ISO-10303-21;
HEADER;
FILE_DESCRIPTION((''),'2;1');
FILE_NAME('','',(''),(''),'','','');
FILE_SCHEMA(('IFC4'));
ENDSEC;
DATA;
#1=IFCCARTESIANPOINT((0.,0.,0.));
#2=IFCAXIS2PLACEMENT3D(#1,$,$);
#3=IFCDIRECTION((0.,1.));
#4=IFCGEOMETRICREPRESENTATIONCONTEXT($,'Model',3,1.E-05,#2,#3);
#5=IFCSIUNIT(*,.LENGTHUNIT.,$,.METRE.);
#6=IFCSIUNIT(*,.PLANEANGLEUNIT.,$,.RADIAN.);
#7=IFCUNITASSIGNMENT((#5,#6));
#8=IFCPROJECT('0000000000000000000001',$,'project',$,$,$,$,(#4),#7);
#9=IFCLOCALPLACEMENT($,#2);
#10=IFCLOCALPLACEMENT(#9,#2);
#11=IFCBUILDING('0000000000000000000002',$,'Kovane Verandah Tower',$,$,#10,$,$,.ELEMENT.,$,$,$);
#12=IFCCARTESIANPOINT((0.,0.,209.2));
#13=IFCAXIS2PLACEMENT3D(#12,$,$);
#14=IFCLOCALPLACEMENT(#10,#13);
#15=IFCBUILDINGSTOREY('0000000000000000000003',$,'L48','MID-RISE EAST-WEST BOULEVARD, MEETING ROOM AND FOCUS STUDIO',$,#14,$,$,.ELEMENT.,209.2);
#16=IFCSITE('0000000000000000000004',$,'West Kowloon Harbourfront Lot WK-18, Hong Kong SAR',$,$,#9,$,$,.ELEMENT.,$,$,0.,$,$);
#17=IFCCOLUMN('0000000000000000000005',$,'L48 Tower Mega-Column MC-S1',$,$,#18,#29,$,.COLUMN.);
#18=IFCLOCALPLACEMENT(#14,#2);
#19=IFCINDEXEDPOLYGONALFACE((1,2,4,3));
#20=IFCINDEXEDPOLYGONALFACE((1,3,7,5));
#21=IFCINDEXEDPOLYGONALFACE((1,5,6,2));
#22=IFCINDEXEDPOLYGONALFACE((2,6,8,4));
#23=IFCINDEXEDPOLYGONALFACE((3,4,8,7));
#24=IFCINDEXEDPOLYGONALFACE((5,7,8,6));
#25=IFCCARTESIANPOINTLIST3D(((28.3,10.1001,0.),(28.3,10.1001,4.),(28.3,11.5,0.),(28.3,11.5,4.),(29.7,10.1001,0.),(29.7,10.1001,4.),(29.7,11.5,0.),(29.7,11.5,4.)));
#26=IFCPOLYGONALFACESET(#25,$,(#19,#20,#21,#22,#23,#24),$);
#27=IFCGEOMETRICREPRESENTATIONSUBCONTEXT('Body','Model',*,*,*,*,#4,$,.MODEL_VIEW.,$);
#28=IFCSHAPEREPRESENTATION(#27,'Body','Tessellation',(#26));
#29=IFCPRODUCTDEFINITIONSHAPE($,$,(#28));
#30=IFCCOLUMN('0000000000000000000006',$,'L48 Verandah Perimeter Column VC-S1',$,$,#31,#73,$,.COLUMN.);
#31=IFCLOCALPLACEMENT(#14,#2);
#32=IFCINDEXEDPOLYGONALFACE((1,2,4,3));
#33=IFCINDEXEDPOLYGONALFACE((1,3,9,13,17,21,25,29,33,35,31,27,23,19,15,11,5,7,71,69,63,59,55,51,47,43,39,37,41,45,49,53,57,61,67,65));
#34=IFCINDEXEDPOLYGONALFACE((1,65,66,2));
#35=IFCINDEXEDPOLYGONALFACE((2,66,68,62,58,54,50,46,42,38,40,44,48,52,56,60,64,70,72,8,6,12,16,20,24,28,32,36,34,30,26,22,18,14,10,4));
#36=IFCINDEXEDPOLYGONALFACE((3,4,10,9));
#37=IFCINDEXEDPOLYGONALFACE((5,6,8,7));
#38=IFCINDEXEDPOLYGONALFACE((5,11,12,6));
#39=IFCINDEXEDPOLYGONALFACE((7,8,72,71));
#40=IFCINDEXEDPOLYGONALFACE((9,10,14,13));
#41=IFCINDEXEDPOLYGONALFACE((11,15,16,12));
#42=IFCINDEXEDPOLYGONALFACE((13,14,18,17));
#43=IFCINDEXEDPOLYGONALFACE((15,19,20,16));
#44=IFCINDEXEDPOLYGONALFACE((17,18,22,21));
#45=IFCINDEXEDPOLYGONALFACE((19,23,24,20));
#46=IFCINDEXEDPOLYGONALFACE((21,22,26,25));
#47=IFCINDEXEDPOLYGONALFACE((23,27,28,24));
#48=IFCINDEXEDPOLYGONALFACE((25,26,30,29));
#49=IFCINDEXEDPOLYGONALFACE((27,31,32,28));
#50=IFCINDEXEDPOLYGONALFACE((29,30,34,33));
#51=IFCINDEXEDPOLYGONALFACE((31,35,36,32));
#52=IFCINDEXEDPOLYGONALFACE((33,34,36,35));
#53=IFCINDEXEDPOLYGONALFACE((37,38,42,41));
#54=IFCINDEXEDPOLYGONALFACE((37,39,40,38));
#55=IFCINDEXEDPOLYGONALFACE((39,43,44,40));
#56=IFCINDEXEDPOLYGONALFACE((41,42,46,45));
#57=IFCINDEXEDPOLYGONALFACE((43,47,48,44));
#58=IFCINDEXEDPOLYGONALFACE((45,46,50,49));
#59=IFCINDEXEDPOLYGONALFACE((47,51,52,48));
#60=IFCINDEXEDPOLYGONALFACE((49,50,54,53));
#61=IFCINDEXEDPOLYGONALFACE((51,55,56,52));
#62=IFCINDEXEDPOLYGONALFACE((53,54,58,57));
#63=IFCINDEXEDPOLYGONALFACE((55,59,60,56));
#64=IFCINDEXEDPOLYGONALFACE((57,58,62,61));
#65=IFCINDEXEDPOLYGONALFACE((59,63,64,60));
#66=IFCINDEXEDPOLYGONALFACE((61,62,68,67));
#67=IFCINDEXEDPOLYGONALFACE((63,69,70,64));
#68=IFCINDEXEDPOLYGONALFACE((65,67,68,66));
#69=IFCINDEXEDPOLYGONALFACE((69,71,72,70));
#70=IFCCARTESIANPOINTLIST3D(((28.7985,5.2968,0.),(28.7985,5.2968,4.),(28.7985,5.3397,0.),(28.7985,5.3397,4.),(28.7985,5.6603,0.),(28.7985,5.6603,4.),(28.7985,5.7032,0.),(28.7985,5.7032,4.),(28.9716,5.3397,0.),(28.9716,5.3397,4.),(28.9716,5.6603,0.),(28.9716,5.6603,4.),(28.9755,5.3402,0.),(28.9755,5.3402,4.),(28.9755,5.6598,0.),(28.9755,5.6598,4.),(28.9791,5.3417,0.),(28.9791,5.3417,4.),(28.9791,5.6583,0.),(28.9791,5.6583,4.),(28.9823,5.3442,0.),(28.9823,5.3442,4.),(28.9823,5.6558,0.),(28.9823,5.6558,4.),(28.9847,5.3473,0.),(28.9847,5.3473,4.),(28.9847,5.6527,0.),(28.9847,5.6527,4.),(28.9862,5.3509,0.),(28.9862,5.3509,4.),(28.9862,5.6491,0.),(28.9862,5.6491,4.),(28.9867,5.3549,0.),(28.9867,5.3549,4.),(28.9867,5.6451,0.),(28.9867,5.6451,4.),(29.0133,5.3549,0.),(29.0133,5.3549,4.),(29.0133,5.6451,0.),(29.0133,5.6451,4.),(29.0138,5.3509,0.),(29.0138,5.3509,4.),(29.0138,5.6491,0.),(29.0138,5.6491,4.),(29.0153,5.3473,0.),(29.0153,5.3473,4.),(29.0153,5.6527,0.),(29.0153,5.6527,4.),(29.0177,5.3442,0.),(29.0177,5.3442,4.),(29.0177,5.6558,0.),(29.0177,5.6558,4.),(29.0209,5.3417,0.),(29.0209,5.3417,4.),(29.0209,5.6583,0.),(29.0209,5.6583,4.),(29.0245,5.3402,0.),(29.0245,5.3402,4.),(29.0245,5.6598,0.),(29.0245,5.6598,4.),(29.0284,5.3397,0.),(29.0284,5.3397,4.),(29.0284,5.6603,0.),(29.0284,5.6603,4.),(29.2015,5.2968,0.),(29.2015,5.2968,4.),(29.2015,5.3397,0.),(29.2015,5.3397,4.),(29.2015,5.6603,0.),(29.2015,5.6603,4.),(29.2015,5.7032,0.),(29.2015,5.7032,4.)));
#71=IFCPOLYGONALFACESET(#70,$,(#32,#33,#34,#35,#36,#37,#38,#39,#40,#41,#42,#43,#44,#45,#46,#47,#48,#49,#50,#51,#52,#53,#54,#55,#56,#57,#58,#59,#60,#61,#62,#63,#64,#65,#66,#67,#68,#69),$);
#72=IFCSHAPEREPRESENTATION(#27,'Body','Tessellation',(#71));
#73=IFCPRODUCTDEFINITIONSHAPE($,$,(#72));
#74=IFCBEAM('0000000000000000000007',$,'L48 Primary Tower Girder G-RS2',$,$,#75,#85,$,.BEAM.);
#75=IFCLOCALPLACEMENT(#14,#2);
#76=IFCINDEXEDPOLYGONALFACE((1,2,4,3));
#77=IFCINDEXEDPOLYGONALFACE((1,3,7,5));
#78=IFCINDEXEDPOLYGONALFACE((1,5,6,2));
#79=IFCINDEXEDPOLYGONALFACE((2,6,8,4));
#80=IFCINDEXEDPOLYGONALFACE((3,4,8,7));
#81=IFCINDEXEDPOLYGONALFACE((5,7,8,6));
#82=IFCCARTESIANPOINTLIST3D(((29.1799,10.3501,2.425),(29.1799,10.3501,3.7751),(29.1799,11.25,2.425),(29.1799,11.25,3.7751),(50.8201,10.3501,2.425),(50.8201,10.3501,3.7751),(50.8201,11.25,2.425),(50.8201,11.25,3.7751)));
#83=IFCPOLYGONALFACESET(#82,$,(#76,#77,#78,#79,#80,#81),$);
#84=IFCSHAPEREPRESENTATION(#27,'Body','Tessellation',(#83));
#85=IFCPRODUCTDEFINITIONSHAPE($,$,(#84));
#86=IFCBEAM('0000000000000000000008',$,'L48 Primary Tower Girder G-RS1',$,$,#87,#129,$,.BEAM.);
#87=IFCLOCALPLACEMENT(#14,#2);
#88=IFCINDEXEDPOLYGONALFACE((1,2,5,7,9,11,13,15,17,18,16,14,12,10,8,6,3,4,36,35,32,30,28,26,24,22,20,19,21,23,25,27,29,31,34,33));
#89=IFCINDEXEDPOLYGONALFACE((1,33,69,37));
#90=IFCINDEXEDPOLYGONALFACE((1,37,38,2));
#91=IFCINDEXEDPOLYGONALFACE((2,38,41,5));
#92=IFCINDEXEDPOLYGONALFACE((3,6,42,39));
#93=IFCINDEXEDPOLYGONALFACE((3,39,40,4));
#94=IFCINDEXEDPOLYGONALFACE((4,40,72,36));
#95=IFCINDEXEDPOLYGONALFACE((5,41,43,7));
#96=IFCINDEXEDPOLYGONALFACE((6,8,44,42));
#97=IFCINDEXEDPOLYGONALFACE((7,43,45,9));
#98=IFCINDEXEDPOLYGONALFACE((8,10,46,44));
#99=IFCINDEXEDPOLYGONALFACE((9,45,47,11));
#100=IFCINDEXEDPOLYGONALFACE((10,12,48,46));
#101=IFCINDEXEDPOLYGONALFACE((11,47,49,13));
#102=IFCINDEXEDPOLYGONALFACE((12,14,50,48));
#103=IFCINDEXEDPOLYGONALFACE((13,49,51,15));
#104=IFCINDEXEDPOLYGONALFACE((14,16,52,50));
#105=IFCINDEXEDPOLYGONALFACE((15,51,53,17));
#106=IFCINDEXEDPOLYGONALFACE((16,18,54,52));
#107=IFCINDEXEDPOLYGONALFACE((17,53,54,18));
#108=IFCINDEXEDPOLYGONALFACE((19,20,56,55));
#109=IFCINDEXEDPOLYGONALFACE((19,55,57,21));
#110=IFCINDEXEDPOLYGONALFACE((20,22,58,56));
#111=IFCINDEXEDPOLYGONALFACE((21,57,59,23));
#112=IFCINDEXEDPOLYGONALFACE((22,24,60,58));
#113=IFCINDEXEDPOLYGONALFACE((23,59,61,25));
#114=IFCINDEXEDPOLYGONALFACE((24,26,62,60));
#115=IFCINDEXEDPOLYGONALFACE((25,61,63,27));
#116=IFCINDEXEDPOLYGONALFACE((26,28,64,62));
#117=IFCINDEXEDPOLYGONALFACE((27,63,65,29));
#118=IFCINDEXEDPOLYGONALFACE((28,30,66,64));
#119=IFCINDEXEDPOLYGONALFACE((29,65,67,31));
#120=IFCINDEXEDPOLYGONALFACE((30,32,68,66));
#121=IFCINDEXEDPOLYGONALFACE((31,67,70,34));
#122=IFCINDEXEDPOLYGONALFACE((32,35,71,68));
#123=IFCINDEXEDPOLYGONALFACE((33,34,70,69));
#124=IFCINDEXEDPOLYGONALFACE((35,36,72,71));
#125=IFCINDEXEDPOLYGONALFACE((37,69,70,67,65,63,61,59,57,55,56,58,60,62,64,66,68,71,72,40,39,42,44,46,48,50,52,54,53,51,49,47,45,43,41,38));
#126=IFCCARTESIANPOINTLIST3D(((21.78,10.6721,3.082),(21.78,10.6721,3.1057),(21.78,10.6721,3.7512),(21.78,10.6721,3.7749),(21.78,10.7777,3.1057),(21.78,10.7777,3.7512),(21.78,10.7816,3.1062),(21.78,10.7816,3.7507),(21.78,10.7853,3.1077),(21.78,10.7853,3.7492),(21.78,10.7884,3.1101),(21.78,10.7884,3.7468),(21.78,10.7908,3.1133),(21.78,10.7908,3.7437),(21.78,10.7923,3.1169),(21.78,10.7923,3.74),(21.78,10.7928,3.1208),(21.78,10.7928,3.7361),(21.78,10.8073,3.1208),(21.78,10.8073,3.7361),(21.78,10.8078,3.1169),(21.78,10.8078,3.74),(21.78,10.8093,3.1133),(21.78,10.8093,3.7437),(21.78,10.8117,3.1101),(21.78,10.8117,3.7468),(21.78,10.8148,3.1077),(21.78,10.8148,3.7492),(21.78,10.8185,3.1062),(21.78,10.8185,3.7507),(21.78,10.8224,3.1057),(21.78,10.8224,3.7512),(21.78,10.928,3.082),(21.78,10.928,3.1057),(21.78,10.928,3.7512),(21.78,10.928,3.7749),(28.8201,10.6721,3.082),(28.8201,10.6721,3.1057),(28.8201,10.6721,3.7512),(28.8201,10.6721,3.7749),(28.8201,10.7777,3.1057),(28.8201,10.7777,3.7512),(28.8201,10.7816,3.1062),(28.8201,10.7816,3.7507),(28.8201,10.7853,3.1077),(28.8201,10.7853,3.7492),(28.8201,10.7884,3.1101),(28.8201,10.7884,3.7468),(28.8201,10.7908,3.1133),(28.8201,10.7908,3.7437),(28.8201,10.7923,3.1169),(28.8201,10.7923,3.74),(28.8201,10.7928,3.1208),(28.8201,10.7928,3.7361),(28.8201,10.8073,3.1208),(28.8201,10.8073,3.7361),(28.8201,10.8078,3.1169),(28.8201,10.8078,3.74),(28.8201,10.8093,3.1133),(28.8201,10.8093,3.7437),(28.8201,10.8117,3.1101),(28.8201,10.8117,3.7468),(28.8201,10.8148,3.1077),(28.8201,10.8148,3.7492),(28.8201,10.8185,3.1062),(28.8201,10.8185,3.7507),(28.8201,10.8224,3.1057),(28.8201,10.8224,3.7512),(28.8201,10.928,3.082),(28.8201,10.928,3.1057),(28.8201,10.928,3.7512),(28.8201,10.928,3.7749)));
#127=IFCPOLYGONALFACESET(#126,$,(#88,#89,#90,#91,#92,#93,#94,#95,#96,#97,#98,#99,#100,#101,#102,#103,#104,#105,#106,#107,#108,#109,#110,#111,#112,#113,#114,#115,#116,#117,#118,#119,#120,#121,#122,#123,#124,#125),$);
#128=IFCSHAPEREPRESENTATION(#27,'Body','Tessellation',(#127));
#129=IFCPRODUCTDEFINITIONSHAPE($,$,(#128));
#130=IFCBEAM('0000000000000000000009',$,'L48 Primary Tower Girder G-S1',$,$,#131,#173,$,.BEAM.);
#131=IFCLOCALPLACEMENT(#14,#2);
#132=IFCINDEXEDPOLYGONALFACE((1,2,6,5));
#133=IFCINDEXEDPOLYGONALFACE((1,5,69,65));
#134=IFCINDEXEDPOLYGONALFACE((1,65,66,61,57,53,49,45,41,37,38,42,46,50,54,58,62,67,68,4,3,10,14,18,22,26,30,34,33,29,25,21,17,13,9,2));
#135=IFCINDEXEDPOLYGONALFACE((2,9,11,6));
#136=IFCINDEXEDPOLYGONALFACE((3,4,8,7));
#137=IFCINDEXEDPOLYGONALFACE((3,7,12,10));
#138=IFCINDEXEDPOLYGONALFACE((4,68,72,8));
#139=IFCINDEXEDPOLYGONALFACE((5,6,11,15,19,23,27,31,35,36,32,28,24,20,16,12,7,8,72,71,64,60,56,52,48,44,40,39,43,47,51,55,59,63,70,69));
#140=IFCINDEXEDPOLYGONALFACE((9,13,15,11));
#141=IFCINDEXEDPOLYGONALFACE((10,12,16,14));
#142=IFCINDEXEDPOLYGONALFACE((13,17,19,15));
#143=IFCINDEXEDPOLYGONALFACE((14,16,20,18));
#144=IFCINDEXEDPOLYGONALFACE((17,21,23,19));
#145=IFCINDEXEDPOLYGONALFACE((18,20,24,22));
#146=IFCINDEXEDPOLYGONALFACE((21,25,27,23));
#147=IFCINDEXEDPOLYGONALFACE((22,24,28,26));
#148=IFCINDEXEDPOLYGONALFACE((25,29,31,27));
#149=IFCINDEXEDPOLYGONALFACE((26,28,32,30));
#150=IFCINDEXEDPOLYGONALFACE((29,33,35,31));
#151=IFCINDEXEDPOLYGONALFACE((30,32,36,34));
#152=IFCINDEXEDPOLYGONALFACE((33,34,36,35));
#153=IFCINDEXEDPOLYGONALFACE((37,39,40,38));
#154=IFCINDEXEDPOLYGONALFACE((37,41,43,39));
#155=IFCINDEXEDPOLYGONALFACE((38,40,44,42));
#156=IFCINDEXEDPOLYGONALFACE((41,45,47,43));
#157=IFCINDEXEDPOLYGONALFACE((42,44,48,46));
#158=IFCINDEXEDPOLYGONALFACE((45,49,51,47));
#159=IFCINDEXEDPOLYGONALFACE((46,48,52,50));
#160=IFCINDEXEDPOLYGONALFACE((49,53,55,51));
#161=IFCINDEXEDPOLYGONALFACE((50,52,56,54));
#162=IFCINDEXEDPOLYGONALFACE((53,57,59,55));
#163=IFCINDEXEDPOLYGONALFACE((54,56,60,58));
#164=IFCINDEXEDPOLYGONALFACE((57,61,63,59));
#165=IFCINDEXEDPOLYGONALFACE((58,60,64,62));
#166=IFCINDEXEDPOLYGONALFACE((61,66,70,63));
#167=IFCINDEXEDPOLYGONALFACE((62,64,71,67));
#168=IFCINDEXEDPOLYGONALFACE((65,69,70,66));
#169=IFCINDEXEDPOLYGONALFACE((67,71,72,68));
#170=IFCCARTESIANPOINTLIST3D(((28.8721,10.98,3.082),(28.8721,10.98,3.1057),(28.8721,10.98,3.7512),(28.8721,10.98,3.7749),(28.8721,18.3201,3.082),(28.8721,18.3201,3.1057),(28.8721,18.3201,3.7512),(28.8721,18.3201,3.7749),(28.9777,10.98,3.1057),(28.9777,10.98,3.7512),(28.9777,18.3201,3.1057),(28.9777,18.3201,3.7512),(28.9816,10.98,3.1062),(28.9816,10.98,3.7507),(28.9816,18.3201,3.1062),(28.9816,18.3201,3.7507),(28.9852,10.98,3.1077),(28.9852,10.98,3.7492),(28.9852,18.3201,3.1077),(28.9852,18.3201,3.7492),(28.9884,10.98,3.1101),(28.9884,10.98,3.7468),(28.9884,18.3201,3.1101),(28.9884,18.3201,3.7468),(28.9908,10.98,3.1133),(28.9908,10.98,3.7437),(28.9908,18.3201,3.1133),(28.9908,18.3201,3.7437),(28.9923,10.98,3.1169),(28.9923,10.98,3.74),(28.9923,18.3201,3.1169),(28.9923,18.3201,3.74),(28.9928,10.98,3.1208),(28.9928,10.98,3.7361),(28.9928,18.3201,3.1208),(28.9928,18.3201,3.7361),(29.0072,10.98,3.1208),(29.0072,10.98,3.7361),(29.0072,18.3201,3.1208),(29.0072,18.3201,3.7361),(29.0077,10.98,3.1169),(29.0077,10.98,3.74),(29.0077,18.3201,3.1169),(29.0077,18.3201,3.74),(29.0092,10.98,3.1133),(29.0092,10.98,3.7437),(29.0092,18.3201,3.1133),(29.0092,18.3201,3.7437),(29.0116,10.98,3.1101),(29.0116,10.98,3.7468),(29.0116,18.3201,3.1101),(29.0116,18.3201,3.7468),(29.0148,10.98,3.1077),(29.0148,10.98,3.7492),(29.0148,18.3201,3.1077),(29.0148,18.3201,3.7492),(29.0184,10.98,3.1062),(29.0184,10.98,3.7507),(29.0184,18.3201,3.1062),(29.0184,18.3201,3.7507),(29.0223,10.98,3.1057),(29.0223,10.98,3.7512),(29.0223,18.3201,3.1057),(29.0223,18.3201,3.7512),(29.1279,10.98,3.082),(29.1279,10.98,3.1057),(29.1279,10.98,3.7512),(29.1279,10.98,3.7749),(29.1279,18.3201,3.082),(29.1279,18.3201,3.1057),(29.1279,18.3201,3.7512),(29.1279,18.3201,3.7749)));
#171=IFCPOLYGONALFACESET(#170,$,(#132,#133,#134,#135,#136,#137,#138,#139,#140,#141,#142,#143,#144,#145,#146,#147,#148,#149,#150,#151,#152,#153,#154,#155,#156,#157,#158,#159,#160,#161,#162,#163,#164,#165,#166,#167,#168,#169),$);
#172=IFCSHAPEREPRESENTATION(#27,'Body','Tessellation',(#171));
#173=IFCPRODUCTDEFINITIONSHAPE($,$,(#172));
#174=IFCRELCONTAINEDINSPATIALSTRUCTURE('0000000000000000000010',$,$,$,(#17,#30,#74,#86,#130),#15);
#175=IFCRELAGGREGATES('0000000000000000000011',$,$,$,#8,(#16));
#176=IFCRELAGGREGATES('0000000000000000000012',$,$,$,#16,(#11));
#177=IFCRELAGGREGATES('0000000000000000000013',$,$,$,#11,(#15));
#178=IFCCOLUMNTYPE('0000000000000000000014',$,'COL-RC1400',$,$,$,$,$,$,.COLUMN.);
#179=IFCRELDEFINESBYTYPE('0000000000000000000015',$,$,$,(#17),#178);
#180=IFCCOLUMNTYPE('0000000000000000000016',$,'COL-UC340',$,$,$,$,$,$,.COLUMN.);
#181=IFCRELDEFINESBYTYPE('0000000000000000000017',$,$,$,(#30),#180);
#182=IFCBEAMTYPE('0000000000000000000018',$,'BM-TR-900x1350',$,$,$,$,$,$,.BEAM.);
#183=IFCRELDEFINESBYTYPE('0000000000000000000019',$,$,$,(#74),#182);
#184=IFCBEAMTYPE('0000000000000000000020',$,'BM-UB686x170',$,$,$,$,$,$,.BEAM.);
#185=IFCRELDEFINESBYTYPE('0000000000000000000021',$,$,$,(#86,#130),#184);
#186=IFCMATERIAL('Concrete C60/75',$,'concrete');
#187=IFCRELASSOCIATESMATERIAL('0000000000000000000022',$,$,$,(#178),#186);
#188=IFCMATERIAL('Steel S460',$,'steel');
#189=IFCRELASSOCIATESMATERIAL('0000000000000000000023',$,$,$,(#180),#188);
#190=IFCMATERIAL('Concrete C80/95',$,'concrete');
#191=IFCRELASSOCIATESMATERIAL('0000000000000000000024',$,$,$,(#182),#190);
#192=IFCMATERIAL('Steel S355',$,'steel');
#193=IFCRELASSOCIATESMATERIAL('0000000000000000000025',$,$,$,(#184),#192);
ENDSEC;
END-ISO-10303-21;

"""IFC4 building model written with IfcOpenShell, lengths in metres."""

from ifc_helpers import new_model, si_unit, direction, frame, origin, origin_2d, place, context, subcontext, project, spatial, rectangle, i_section, extrude, material, material_profile, profile_set, type_object, element, save


model = new_model("IFC4")

# Units and contexts
model_context = context("Model", 3, precision=1e-05, world=origin(), true_north=direction((0.0, 1.0)))
body_context = subcontext(model_context, "Body", "Model", "MODEL_VIEW")
ifc_project = project(units=[si_unit("LENGTHUNIT", "METRE"), si_unit("PLANEANGLEUNIT", "RADIAN")], contexts=[model_context])

# Site, building, storey
site_placement = place(None, origin())
site = spatial("IfcSite", under=ifc_project, at=site_placement, Name="West Kowloon Harbourfront Lot WK-18, Hong Kong SAR", CompositionType="ELEMENT", RefElevation=0.0)
building_placement = place(site_placement, origin())
building = spatial("IfcBuilding", under=site, at=building_placement, Name="Kovane Verandah Tower", CompositionType="ELEMENT")
storey_placement = place(building_placement, frame((0.0, 0.0, 209.2)))
storey = spatial("IfcBuildingStorey", under=building, at=storey_placement, Name="L48", Description="MID-RISE EAST-WEST BOULEVARD, MEETING ROOM AND FOCUS STUDIO", CompositionType="ELEMENT", Elevation=209.2)

# Columns
ifc_material_1 = material(Name="Concrete C60/75", Category="concrete")
ifc_material_profile_1 = material_profile(ifc_material_1, rectangle(XDim=1.3999, YDim=1.3999, at=origin_2d()), Name="RC1400x1400")
ifc_profile_set_1 = profile_set([ifc_material_profile_1], Name="Concrete C60/75")
column_type_1 = type_object("IfcColumnType", Name="COL-RC1400", PredefinedType="COLUMN", material=ifc_profile_set_1)
column_1_placement = place(storey_placement, frame((29.0, 10.8, 0.0), z_axis=(0.0, 0.0, 1.0), x_axis=(1.0, 0.0, 0.0)))
element("IfcColumn", 1, at=column_1_placement, inside=storey, type_object=column_type_1, Name="L48 Tower Mega-Column MC-S1", PredefinedType="COLUMN", context=body_context, shape_type="SweptSolid", body=[
    extrude(rectangle(XDim=1.3999, YDim=1.3999, at=origin_2d()), origin(), (0.0, 0.0, 1.0), 4.0),
])
ifc_material_2 = material(Name="Steel S460", Category="steel")
ifc_material_profile_2 = material_profile(ifc_material_2, i_section(OverallWidth=0.4031, OverallDepth=0.4065, WebThickness=0.0266, FlangeThickness=0.043, FilletRadius=0.0151, at=origin_2d()), Name="UC356x406x340")
ifc_profile_set_2 = profile_set([ifc_material_profile_2], Name="Steel S460")
column_type_2 = type_object("IfcColumnType", Name="COL-UC340", PredefinedType="COLUMN", material=ifc_profile_set_2)
column_2_placement = place(storey_placement, frame((29.0, 5.5, 0.0), z_axis=(0.0, 0.0, 1.0), x_axis=(1.0, 0.0, 0.0)))
element("IfcColumn", 2, at=column_2_placement, inside=storey, type_object=column_type_2, Name="L48 Verandah Perimeter Column VC-S1", PredefinedType="COLUMN", context=body_context, shape_type="SweptSolid", body=[
    extrude(i_section(OverallWidth=0.4031, OverallDepth=0.4065, WebThickness=0.0266, FlangeThickness=0.043, FilletRadius=0.0151, at=origin_2d()), origin(), (0.0, 0.0, 1.0), 4.0),
])

# Beams
ifc_material_3 = material(Name="Concrete C80/95", Category="concrete")
ifc_material_profile_3 = material_profile(ifc_material_3, rectangle(XDim=0.8999, YDim=1.3501, at=origin_2d()), Name="RCB900x1350")
ifc_profile_set_3 = profile_set([ifc_material_profile_3], Name="Concrete C80/95")
beam_type_1 = type_object("IfcBeamType", Name="BM-TR-900x1350", PredefinedType="BEAM", material=ifc_profile_set_3)
beam_1_placement = place(storey_placement, frame((29.1799, 10.8, 3.1001), z_axis=(1.0, 0.0, 0.0), x_axis=(0.0, 1.0, 0.0)))
element("IfcBeam", 3, at=beam_1_placement, inside=storey, type_object=beam_type_1, Name="L48 Primary Tower Girder G-RS2", PredefinedType="BEAM", context=body_context, shape_type="SweptSolid", body=[
    extrude(rectangle(XDim=0.8999, YDim=1.3501, at=origin_2d()), origin(), (0.0, 0.0, 1.0), 21.6401),
])
ifc_material_4 = material(Name="Steel S355", Category="steel")
ifc_material_profile_4 = material_profile(ifc_material_4, i_section(OverallWidth=0.2559, OverallDepth=0.6929, WebThickness=0.0144, FlangeThickness=0.0237, FilletRadius=0.0151, at=origin_2d()), Name="UB686x254x170")
ifc_profile_set_4 = profile_set([ifc_material_profile_4], Name="Steel S355")
beam_type_2 = type_object("IfcBeamType", Name="BM-UB686x170", PredefinedType="BEAM", material=ifc_profile_set_4)
beam_2_placement = place(storey_placement, frame((21.78, 10.8, 3.4285), z_axis=(1.0, 0.0, 0.0), x_axis=(0.0, 1.0, 0.0)))
element("IfcBeam", 4, at=beam_2_placement, inside=storey, type_object=beam_type_2, Name="L48 Primary Tower Girder G-RS1", PredefinedType="BEAM", context=body_context, shape_type="SweptSolid", body=[
    extrude(i_section(OverallWidth=0.2559, OverallDepth=0.6929, WebThickness=0.0144, FlangeThickness=0.0237, FilletRadius=0.0151, at=origin_2d()), origin(), (0.0, 0.0, 1.0), 7.04),
])
beam_3_placement = place(storey_placement, frame((29.0, 18.3201, 3.4285), z_axis=(0.0, -1.0, 0.0), x_axis=(1.0, 0.0, 0.0)))
element("IfcBeam", 5, at=beam_3_placement, inside=storey, type_object=beam_type_2, Name="L48 Primary Tower Girder G-S1", PredefinedType="BEAM", context=body_context, shape_type="SweptSolid", body=[
    extrude(i_section(OverallWidth=0.2559, OverallDepth=0.6929, WebThickness=0.0144, FlangeThickness=0.0237, FilletRadius=0.0151, at=origin_2d()), origin(), (0.0, 0.0, 1.0), 7.3401),
])

save(model, "model.ifc")
